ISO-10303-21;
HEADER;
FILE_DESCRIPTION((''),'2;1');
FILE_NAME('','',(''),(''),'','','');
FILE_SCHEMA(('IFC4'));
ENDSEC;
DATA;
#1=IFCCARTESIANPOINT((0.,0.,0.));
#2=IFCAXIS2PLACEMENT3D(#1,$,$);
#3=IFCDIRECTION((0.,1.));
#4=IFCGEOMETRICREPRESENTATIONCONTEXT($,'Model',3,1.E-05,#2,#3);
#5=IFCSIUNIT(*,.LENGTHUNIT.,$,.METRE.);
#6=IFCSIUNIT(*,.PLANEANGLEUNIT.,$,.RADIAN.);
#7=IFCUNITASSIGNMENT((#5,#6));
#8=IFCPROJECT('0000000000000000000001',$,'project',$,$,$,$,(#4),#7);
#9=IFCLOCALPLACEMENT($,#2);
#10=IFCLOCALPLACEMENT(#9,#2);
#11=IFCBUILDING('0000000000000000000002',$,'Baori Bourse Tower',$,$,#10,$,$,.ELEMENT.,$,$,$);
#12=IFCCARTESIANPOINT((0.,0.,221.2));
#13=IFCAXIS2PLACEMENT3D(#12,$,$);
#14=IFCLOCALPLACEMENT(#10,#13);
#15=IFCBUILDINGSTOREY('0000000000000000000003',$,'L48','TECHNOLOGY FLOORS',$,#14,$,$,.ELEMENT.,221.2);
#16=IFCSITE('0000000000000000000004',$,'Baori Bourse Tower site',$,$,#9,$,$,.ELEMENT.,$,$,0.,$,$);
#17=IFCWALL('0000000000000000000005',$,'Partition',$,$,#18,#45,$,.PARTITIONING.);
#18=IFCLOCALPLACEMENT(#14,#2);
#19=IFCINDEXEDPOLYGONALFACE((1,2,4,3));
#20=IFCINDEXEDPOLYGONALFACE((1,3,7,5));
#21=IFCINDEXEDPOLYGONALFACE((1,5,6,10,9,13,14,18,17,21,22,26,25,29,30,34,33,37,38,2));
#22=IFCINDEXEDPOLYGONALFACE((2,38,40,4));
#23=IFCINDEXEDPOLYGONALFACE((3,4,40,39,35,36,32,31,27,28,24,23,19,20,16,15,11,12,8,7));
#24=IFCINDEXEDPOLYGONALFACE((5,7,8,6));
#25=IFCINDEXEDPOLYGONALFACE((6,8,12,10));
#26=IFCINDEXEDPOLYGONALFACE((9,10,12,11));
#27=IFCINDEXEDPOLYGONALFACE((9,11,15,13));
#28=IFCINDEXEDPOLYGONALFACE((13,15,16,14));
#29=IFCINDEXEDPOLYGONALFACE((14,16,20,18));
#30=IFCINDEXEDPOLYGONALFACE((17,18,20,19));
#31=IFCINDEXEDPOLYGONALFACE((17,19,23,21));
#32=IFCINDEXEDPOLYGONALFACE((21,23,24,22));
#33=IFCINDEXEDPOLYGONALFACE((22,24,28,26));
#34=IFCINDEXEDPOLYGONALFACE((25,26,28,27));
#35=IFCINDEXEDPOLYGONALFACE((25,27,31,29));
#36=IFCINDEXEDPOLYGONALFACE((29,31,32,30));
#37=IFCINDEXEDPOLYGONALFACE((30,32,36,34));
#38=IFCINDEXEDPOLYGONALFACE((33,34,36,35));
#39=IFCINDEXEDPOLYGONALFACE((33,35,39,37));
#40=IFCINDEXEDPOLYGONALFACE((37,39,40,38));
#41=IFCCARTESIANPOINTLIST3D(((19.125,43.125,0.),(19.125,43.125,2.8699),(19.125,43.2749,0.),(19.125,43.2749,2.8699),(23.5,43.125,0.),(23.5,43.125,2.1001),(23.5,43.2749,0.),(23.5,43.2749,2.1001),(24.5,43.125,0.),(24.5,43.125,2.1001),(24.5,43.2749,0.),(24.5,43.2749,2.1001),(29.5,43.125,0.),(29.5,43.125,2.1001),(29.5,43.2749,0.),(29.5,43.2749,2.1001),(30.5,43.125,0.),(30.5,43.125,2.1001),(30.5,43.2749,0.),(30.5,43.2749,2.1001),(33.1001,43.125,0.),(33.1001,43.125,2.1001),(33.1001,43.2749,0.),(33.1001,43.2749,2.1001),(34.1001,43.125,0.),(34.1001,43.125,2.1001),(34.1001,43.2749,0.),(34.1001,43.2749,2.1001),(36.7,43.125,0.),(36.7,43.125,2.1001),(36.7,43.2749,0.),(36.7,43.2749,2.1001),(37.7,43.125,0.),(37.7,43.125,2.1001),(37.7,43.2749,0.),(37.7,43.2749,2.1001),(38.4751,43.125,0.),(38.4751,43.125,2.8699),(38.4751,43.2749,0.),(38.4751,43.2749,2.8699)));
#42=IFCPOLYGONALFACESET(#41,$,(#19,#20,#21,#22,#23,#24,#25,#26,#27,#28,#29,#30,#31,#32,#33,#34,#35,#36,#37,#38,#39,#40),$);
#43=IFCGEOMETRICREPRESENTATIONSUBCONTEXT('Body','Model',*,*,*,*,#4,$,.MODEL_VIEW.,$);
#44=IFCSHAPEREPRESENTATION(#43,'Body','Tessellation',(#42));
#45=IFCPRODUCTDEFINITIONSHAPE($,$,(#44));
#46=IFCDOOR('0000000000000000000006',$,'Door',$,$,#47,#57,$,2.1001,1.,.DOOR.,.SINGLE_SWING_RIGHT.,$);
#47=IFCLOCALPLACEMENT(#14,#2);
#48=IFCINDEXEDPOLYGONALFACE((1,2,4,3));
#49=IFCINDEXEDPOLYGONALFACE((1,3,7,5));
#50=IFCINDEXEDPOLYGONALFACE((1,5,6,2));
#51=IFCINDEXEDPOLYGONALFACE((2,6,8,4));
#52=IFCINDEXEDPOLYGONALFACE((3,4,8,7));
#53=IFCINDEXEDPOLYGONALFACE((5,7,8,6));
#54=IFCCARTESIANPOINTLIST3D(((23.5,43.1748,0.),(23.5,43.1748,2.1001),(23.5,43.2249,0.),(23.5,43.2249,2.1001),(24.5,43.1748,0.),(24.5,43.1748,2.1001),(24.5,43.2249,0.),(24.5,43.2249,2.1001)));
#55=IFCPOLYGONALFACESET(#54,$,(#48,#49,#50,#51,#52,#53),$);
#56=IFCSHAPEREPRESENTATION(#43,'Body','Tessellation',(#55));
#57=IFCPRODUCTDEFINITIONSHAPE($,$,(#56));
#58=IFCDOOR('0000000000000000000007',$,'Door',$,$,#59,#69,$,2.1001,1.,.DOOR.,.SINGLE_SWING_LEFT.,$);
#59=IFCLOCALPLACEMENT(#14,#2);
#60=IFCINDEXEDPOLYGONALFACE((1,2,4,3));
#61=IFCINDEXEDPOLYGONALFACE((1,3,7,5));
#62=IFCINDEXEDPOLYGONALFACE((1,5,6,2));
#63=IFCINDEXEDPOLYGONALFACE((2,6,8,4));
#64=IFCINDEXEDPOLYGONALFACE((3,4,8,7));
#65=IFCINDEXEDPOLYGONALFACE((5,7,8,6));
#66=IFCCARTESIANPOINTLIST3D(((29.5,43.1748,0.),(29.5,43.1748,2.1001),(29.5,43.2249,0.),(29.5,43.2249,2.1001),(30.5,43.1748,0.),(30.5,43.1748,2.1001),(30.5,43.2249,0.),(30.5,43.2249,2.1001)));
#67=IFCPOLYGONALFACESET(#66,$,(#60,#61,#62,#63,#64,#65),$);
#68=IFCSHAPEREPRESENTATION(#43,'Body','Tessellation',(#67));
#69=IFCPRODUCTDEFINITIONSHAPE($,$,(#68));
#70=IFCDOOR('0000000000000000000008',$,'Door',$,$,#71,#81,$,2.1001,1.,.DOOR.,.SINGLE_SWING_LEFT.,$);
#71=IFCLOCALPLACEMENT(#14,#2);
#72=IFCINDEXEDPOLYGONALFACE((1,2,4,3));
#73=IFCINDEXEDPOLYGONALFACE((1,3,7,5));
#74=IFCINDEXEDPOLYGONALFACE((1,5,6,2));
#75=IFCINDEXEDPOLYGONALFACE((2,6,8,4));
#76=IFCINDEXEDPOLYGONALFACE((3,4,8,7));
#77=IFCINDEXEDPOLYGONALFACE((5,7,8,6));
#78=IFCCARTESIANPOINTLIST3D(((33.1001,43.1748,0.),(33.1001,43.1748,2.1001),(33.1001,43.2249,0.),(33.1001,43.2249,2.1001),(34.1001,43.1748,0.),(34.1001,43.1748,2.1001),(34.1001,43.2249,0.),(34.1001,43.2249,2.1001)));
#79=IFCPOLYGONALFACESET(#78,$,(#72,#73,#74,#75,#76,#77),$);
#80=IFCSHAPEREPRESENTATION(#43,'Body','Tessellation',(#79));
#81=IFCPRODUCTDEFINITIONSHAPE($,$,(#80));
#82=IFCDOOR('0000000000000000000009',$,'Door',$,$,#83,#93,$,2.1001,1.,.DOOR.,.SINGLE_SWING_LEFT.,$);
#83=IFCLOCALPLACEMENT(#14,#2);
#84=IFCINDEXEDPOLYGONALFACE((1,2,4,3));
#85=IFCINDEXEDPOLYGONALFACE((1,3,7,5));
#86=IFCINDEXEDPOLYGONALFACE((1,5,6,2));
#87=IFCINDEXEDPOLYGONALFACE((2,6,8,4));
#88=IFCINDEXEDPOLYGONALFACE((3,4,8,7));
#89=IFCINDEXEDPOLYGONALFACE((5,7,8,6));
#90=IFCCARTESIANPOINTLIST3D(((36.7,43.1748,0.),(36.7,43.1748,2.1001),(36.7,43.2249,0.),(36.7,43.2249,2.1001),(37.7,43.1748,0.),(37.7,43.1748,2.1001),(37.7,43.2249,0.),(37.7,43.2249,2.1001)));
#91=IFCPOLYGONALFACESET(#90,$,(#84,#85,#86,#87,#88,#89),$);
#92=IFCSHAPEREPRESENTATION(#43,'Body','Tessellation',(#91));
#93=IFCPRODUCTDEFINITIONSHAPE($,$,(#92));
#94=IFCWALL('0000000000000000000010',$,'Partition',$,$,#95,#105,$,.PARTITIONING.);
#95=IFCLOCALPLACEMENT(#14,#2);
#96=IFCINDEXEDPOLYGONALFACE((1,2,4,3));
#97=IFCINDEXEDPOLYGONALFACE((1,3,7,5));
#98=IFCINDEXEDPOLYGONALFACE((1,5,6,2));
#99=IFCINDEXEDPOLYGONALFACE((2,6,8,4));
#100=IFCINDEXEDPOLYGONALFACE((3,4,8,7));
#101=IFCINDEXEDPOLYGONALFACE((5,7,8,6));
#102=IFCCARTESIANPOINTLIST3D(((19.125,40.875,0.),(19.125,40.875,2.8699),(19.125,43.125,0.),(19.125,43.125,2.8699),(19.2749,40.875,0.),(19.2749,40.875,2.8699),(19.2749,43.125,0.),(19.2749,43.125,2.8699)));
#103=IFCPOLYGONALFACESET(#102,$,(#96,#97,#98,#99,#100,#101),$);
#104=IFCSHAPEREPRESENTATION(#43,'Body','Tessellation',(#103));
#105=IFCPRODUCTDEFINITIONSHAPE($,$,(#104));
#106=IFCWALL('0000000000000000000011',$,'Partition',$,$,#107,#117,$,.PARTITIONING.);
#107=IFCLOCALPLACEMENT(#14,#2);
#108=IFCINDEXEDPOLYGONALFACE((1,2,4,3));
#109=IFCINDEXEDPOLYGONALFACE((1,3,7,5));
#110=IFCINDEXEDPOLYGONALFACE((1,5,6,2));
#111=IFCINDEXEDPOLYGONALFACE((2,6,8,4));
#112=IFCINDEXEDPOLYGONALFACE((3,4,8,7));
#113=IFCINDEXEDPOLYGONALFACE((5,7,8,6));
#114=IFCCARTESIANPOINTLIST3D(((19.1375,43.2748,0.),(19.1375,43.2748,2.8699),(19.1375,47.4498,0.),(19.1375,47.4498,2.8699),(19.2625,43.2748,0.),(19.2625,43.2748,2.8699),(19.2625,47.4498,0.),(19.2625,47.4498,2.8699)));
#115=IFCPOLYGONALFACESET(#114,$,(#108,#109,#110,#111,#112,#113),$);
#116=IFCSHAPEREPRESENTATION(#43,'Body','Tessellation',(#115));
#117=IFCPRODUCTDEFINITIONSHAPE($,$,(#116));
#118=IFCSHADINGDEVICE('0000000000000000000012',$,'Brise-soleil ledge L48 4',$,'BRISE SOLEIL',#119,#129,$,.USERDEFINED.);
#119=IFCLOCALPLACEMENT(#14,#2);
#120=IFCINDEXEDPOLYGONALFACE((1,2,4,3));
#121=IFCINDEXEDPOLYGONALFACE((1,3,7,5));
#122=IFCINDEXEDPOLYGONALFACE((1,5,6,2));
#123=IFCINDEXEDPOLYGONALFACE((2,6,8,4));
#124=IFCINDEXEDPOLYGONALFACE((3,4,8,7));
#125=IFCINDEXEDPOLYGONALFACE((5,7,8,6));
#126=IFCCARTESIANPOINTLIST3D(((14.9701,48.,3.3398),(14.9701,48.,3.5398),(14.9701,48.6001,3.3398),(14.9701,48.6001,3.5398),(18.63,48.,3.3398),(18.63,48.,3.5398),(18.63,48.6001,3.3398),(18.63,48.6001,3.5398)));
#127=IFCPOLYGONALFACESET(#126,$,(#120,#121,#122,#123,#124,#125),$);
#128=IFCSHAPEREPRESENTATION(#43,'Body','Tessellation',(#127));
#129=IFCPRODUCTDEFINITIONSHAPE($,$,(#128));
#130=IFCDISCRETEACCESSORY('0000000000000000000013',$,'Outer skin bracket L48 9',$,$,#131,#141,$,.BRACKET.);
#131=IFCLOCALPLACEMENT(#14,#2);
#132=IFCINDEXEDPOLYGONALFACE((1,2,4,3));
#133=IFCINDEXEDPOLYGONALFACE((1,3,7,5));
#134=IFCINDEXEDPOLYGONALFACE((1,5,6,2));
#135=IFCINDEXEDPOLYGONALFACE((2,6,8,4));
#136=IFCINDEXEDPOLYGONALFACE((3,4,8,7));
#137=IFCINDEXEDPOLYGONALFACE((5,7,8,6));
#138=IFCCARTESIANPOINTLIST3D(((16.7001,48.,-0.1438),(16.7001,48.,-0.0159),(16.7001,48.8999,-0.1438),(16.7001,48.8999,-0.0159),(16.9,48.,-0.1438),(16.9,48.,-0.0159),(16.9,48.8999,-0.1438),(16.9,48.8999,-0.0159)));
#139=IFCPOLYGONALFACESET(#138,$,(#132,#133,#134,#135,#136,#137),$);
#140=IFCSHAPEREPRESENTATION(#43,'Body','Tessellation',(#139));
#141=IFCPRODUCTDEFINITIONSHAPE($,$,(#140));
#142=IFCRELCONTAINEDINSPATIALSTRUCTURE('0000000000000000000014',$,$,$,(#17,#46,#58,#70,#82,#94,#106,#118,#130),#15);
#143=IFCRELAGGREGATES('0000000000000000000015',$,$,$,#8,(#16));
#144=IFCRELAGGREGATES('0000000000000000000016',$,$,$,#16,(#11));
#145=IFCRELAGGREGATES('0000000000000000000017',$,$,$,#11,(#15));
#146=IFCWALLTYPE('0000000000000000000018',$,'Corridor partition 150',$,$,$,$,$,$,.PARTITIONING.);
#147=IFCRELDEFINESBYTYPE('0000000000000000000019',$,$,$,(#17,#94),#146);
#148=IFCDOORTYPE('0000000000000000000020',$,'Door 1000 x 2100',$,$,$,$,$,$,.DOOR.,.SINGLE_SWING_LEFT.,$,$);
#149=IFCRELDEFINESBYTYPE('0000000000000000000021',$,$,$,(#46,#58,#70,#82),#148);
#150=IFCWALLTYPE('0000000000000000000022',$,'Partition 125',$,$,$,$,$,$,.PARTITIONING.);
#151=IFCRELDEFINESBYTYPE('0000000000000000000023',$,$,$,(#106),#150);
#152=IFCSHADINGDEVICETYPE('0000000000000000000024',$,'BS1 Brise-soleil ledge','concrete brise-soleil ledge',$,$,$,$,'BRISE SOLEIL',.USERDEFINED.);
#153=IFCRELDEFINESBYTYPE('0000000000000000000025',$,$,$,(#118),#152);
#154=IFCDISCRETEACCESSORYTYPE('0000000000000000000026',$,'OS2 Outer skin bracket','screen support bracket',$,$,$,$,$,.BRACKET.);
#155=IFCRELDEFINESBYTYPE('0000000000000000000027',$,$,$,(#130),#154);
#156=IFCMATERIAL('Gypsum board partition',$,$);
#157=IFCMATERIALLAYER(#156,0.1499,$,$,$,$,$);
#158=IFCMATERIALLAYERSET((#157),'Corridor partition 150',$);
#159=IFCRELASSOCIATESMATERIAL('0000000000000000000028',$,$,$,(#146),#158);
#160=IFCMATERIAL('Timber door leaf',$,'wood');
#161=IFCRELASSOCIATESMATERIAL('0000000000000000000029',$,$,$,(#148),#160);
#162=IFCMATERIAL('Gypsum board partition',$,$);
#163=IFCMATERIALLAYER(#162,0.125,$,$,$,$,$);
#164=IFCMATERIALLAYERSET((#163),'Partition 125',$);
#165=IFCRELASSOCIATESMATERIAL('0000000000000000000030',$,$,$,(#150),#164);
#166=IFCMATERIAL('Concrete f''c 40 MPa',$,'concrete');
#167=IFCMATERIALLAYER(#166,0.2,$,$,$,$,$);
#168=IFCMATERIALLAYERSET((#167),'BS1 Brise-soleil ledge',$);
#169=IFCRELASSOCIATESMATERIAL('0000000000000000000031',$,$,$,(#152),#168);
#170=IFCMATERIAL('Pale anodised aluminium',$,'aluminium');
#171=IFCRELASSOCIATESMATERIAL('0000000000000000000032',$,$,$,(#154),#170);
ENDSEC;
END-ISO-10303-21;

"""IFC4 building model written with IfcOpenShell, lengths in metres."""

from ifc_helpers import new_model, si_unit, direction, frame, frame_2d, origin, origin_2d, place, context, subcontext, project, spatial, rectangle, extrude, material, layer, layer_set, type_object, element, fill, save


model = new_model("IFC4")

# Units and contexts
model_context = context("Model", 3, precision=1e-05, world=origin(), true_north=direction((0.0, 1.0)))
body_context = subcontext(model_context, "Body", "Model", "MODEL_VIEW")
ifc_project = project(units=[si_unit("LENGTHUNIT", "METRE"), si_unit("PLANEANGLEUNIT", "RADIAN")], contexts=[model_context])

# Site, building, storey
site_placement = place(None, origin())
site = spatial("IfcSite", under=ifc_project, at=site_placement, Name="Baori Bourse Tower site", CompositionType="ELEMENT", RefElevation=0.0)
building_placement = place(site_placement, origin())
building = spatial("IfcBuilding", under=site, at=building_placement, Name="Baori Bourse Tower", CompositionType="ELEMENT")
storey_placement = place(building_placement, frame((0.0, 0.0, 221.2)))
storey = spatial("IfcBuildingStorey", under=building, at=storey_placement, Name="L48", Description="TECHNOLOGY FLOORS", CompositionType="ELEMENT", Elevation=221.2)

# Wall, openings, doors
ifc_material_1 = material(Name="Gypsum board partition")
ifc_layer_1 = layer(ifc_material_1, 0.1499)
ifc_layer_set_1 = layer_set([ifc_layer_1], Name="Corridor partition 150")
wall_type_1 = type_object("IfcWallType", Name="Corridor partition 150", PredefinedType="PARTITIONING", material=ifc_layer_set_1)
ifc_material_2 = material(Name="Timber door leaf", Category="wood")
door_type_1 = type_object("IfcDoorType", Name="Door 1000 x 2100", OperationType="SINGLE_SWING_LEFT", PredefinedType="DOOR", material=ifc_material_2)
wall_1_placement = place(storey_placement, frame((19.125, 43.2, 0.0), z_axis=(0.0, 0.0, 1.0), x_axis=(1.0, 0.0, 0.0)))
wall_1 = element("IfcWall", 1, at=wall_1_placement, inside=storey, type_object=wall_type_1, Name="Partition", PredefinedType="PARTITIONING", context=body_context, shape_type="SweptSolid", body=[
    extrude(rectangle(XDim=19.3501, YDim=0.1499, at=frame_2d((9.675, 0.0))), origin(), (0.0, 0.0, 1.0), 2.8699),
])
opening_1_placement = place(wall_1_placement, frame((4.375, 0.0, 0.0)))
opening_1 = element("IfcOpeningElement", 2, at=opening_1_placement, cuts=wall_1, PredefinedType="OPENING", context=body_context, shape_type="SweptSolid", body=[
    extrude(rectangle(XDim=1.0, YDim=2.1001, at=frame_2d((0.5, 1.05))), frame((0.0, 0.085, 0.0), z_axis=(0.0, -1.0, 0.0), x_axis=(1.0, 0.0, 0.0)), (0.0, 0.0, 1.0), 0.1699),
])
opening_2_placement = place(wall_1_placement, frame((10.375, 0.0, 0.0)))
opening_2 = element("IfcOpeningElement", 3, at=opening_2_placement, cuts=wall_1, PredefinedType="OPENING", context=body_context, shape_type="SweptSolid", body=[
    extrude(rectangle(XDim=1.0, YDim=2.1001, at=frame_2d((0.5, 1.05))), frame((0.0, 0.085, 0.0), z_axis=(0.0, -1.0, 0.0), x_axis=(1.0, 0.0, 0.0)), (0.0, 0.0, 1.0), 0.1699),
])
opening_3_placement = place(wall_1_placement, frame((13.9751, 0.0, 0.0)))
opening_3 = element("IfcOpeningElement", 4, at=opening_3_placement, cuts=wall_1, PredefinedType="OPENING", context=body_context, shape_type="SweptSolid", body=[
    extrude(rectangle(XDim=1.0, YDim=2.1001, at=frame_2d((0.5, 1.05))), frame((0.0, 0.085, 0.0), z_axis=(0.0, -1.0, 0.0), x_axis=(1.0, 0.0, 0.0)), (0.0, 0.0, 1.0), 0.1699),
])
opening_4_placement = place(wall_1_placement, frame((17.575, 0.0, 0.0)))
opening_4 = element("IfcOpeningElement", 5, at=opening_4_placement, cuts=wall_1, PredefinedType="OPENING", context=body_context, shape_type="SweptSolid", body=[
    extrude(rectangle(XDim=1.0, YDim=2.1001, at=frame_2d((0.5, 1.05))), frame((0.0, 0.085, 0.0), z_axis=(0.0, -1.0, 0.0), x_axis=(1.0, 0.0, 0.0)), (0.0, 0.0, 1.0), 0.1699),
])
door_1_placement = place(opening_1_placement, origin())
door_1 = element("IfcDoor", 6, at=door_1_placement, inside=storey, type_object=door_type_1, Name="Door", OperationType="SINGLE_SWING_RIGHT", OverallHeight=2.1001, OverallWidth=1.0, PredefinedType="DOOR", context=body_context, shape_type="SweptSolid", body=[
    extrude(rectangle(XDim=1.0, YDim=2.1001, at=frame_2d((0.5, 1.05))), frame((0.0, 0.0249, 0.0), z_axis=(0.0, -1.0, 0.0), x_axis=(1.0, 0.0, 0.0)), (0.0, 0.0, 1.0), 0.05),
])
fill(opening_1, door_1)
door_2_placement = place(opening_2_placement, origin())
door_2 = element("IfcDoor", 7, at=door_2_placement, inside=storey, type_object=door_type_1, Name="Door", OperationType="SINGLE_SWING_LEFT", OverallHeight=2.1001, OverallWidth=1.0, PredefinedType="DOOR", context=body_context, shape_type="SweptSolid", body=[
    extrude(rectangle(XDim=1.0, YDim=2.1001, at=frame_2d((0.5, 1.05))), frame((0.0, 0.0249, 0.0), z_axis=(0.0, -1.0, 0.0), x_axis=(1.0, 0.0, 0.0)), (0.0, 0.0, 1.0), 0.05),
])
fill(opening_2, door_2)
door_3_placement = place(opening_3_placement, origin())
door_3 = element("IfcDoor", 8, at=door_3_placement, inside=storey, type_object=door_type_1, Name="Door", OperationType="SINGLE_SWING_LEFT", OverallHeight=2.1001, OverallWidth=1.0, PredefinedType="DOOR", context=body_context, shape_type="SweptSolid", body=[
    extrude(rectangle(XDim=1.0, YDim=2.1001, at=frame_2d((0.5, 1.05))), frame((0.0, 0.0249, 0.0), z_axis=(0.0, -1.0, 0.0), x_axis=(1.0, 0.0, 0.0)), (0.0, 0.0, 1.0), 0.05),
])
fill(opening_3, door_3)
door_4_placement = place(opening_4_placement, origin())
door_4 = element("IfcDoor", 9, at=door_4_placement, inside=storey, type_object=door_type_1, Name="Door", OperationType="SINGLE_SWING_LEFT", OverallHeight=2.1001, OverallWidth=1.0, PredefinedType="DOOR", context=body_context, shape_type="SweptSolid", body=[
    extrude(rectangle(XDim=1.0, YDim=2.1001, at=frame_2d((0.5, 1.05))), frame((0.0, 0.0249, 0.0), z_axis=(0.0, -1.0, 0.0), x_axis=(1.0, 0.0, 0.0)), (0.0, 0.0, 1.0), 0.05),
])
fill(opening_4, door_4)

# Walls
wall_2_placement = place(storey_placement, frame((19.2, 40.875, 0.0), z_axis=(0.0, 0.0, 1.0), x_axis=(0.0, 1.0, 0.0)))
element("IfcWall", 10, at=wall_2_placement, inside=storey, type_object=wall_type_1, Name="Partition", PredefinedType="PARTITIONING", context=body_context, shape_type="SweptSolid", body=[
    extrude(rectangle(XDim=2.25, YDim=0.1499, at=frame_2d((1.125, 0.0))), origin(), (0.0, 0.0, 1.0), 2.8699),
])
ifc_material_3 = material(Name="Gypsum board partition")
ifc_layer_2 = layer(ifc_material_3, 0.125)
ifc_layer_set_2 = layer_set([ifc_layer_2], Name="Partition 125")
wall_type_2 = type_object("IfcWallType", Name="Partition 125", PredefinedType="PARTITIONING", material=ifc_layer_set_2)
wall_3_placement = place(storey_placement, frame((19.2, 43.2749, 0.0), z_axis=(0.0, 0.0, 1.0), x_axis=(0.0, 1.0, 0.0)))
element("IfcWall", 11, at=wall_3_placement, inside=storey, type_object=wall_type_2, Name="Partition", PredefinedType="PARTITIONING", context=body_context, shape_type="SweptSolid", body=[
    extrude(rectangle(XDim=4.175, YDim=0.125, at=frame_2d((2.0874, 0.0))), origin(), (0.0, 0.0, 1.0), 2.8699),
])

# Shading device
ifc_material_4 = material(Name="Concrete f'c 40 MPa", Category="concrete")
ifc_layer_3 = layer(ifc_material_4, 0.2)
ifc_layer_set_3 = layer_set([ifc_layer_3], Name="BS1 Brise-soleil ledge")
shading_device_type = type_object("IfcShadingDeviceType", Name="BS1 Brise-soleil ledge", Description="concrete brise-soleil ledge", ElementType="BRISE SOLEIL", PredefinedType="USERDEFINED", material=ifc_layer_set_3)
shading_device_placement = place(storey_placement, frame((16.8, 48.3, 3.3398), z_axis=(0.0, 0.0, 1.0), x_axis=(-1.0, 0.0, 0.0)))
element("IfcShadingDevice", 12, at=shading_device_placement, inside=storey, type_object=shading_device_type, Name="Brise-soleil ledge L48 4", ObjectType="BRISE SOLEIL", PredefinedType="USERDEFINED", context=body_context, shape_type="SweptSolid", body=[
    extrude(rectangle(XDim=3.6599, YDim=0.6001, at=origin_2d()), origin(), (0.0, 0.0, 1.0), 0.2),
])

# Discrete accessory
ifc_material_5 = material(Name="Pale anodised aluminium", Category="aluminium")
discrete_accessory_type = type_object("IfcDiscreteAccessoryType", Name="OS2 Outer skin bracket", Description="screen support bracket", PredefinedType="BRACKET", material=ifc_material_5)
discrete_accessory_placement = place(storey_placement, frame((16.8, 48.45, -0.1438), z_axis=(0.0, 0.0, 1.0), x_axis=(-1.0, 0.0, 0.0)))
element("IfcDiscreteAccessory", 13, at=discrete_accessory_placement, inside=storey, type_object=discrete_accessory_type, Name="Outer skin bracket L48 9", PredefinedType="BRACKET", context=body_context, shape_type="SweptSolid", body=[
    extrude(rectangle(XDim=0.2, YDim=0.8999, at=origin_2d()), origin(), (0.0, 0.0, 1.0), 0.1279),
])

save(model, "model.ifc")
